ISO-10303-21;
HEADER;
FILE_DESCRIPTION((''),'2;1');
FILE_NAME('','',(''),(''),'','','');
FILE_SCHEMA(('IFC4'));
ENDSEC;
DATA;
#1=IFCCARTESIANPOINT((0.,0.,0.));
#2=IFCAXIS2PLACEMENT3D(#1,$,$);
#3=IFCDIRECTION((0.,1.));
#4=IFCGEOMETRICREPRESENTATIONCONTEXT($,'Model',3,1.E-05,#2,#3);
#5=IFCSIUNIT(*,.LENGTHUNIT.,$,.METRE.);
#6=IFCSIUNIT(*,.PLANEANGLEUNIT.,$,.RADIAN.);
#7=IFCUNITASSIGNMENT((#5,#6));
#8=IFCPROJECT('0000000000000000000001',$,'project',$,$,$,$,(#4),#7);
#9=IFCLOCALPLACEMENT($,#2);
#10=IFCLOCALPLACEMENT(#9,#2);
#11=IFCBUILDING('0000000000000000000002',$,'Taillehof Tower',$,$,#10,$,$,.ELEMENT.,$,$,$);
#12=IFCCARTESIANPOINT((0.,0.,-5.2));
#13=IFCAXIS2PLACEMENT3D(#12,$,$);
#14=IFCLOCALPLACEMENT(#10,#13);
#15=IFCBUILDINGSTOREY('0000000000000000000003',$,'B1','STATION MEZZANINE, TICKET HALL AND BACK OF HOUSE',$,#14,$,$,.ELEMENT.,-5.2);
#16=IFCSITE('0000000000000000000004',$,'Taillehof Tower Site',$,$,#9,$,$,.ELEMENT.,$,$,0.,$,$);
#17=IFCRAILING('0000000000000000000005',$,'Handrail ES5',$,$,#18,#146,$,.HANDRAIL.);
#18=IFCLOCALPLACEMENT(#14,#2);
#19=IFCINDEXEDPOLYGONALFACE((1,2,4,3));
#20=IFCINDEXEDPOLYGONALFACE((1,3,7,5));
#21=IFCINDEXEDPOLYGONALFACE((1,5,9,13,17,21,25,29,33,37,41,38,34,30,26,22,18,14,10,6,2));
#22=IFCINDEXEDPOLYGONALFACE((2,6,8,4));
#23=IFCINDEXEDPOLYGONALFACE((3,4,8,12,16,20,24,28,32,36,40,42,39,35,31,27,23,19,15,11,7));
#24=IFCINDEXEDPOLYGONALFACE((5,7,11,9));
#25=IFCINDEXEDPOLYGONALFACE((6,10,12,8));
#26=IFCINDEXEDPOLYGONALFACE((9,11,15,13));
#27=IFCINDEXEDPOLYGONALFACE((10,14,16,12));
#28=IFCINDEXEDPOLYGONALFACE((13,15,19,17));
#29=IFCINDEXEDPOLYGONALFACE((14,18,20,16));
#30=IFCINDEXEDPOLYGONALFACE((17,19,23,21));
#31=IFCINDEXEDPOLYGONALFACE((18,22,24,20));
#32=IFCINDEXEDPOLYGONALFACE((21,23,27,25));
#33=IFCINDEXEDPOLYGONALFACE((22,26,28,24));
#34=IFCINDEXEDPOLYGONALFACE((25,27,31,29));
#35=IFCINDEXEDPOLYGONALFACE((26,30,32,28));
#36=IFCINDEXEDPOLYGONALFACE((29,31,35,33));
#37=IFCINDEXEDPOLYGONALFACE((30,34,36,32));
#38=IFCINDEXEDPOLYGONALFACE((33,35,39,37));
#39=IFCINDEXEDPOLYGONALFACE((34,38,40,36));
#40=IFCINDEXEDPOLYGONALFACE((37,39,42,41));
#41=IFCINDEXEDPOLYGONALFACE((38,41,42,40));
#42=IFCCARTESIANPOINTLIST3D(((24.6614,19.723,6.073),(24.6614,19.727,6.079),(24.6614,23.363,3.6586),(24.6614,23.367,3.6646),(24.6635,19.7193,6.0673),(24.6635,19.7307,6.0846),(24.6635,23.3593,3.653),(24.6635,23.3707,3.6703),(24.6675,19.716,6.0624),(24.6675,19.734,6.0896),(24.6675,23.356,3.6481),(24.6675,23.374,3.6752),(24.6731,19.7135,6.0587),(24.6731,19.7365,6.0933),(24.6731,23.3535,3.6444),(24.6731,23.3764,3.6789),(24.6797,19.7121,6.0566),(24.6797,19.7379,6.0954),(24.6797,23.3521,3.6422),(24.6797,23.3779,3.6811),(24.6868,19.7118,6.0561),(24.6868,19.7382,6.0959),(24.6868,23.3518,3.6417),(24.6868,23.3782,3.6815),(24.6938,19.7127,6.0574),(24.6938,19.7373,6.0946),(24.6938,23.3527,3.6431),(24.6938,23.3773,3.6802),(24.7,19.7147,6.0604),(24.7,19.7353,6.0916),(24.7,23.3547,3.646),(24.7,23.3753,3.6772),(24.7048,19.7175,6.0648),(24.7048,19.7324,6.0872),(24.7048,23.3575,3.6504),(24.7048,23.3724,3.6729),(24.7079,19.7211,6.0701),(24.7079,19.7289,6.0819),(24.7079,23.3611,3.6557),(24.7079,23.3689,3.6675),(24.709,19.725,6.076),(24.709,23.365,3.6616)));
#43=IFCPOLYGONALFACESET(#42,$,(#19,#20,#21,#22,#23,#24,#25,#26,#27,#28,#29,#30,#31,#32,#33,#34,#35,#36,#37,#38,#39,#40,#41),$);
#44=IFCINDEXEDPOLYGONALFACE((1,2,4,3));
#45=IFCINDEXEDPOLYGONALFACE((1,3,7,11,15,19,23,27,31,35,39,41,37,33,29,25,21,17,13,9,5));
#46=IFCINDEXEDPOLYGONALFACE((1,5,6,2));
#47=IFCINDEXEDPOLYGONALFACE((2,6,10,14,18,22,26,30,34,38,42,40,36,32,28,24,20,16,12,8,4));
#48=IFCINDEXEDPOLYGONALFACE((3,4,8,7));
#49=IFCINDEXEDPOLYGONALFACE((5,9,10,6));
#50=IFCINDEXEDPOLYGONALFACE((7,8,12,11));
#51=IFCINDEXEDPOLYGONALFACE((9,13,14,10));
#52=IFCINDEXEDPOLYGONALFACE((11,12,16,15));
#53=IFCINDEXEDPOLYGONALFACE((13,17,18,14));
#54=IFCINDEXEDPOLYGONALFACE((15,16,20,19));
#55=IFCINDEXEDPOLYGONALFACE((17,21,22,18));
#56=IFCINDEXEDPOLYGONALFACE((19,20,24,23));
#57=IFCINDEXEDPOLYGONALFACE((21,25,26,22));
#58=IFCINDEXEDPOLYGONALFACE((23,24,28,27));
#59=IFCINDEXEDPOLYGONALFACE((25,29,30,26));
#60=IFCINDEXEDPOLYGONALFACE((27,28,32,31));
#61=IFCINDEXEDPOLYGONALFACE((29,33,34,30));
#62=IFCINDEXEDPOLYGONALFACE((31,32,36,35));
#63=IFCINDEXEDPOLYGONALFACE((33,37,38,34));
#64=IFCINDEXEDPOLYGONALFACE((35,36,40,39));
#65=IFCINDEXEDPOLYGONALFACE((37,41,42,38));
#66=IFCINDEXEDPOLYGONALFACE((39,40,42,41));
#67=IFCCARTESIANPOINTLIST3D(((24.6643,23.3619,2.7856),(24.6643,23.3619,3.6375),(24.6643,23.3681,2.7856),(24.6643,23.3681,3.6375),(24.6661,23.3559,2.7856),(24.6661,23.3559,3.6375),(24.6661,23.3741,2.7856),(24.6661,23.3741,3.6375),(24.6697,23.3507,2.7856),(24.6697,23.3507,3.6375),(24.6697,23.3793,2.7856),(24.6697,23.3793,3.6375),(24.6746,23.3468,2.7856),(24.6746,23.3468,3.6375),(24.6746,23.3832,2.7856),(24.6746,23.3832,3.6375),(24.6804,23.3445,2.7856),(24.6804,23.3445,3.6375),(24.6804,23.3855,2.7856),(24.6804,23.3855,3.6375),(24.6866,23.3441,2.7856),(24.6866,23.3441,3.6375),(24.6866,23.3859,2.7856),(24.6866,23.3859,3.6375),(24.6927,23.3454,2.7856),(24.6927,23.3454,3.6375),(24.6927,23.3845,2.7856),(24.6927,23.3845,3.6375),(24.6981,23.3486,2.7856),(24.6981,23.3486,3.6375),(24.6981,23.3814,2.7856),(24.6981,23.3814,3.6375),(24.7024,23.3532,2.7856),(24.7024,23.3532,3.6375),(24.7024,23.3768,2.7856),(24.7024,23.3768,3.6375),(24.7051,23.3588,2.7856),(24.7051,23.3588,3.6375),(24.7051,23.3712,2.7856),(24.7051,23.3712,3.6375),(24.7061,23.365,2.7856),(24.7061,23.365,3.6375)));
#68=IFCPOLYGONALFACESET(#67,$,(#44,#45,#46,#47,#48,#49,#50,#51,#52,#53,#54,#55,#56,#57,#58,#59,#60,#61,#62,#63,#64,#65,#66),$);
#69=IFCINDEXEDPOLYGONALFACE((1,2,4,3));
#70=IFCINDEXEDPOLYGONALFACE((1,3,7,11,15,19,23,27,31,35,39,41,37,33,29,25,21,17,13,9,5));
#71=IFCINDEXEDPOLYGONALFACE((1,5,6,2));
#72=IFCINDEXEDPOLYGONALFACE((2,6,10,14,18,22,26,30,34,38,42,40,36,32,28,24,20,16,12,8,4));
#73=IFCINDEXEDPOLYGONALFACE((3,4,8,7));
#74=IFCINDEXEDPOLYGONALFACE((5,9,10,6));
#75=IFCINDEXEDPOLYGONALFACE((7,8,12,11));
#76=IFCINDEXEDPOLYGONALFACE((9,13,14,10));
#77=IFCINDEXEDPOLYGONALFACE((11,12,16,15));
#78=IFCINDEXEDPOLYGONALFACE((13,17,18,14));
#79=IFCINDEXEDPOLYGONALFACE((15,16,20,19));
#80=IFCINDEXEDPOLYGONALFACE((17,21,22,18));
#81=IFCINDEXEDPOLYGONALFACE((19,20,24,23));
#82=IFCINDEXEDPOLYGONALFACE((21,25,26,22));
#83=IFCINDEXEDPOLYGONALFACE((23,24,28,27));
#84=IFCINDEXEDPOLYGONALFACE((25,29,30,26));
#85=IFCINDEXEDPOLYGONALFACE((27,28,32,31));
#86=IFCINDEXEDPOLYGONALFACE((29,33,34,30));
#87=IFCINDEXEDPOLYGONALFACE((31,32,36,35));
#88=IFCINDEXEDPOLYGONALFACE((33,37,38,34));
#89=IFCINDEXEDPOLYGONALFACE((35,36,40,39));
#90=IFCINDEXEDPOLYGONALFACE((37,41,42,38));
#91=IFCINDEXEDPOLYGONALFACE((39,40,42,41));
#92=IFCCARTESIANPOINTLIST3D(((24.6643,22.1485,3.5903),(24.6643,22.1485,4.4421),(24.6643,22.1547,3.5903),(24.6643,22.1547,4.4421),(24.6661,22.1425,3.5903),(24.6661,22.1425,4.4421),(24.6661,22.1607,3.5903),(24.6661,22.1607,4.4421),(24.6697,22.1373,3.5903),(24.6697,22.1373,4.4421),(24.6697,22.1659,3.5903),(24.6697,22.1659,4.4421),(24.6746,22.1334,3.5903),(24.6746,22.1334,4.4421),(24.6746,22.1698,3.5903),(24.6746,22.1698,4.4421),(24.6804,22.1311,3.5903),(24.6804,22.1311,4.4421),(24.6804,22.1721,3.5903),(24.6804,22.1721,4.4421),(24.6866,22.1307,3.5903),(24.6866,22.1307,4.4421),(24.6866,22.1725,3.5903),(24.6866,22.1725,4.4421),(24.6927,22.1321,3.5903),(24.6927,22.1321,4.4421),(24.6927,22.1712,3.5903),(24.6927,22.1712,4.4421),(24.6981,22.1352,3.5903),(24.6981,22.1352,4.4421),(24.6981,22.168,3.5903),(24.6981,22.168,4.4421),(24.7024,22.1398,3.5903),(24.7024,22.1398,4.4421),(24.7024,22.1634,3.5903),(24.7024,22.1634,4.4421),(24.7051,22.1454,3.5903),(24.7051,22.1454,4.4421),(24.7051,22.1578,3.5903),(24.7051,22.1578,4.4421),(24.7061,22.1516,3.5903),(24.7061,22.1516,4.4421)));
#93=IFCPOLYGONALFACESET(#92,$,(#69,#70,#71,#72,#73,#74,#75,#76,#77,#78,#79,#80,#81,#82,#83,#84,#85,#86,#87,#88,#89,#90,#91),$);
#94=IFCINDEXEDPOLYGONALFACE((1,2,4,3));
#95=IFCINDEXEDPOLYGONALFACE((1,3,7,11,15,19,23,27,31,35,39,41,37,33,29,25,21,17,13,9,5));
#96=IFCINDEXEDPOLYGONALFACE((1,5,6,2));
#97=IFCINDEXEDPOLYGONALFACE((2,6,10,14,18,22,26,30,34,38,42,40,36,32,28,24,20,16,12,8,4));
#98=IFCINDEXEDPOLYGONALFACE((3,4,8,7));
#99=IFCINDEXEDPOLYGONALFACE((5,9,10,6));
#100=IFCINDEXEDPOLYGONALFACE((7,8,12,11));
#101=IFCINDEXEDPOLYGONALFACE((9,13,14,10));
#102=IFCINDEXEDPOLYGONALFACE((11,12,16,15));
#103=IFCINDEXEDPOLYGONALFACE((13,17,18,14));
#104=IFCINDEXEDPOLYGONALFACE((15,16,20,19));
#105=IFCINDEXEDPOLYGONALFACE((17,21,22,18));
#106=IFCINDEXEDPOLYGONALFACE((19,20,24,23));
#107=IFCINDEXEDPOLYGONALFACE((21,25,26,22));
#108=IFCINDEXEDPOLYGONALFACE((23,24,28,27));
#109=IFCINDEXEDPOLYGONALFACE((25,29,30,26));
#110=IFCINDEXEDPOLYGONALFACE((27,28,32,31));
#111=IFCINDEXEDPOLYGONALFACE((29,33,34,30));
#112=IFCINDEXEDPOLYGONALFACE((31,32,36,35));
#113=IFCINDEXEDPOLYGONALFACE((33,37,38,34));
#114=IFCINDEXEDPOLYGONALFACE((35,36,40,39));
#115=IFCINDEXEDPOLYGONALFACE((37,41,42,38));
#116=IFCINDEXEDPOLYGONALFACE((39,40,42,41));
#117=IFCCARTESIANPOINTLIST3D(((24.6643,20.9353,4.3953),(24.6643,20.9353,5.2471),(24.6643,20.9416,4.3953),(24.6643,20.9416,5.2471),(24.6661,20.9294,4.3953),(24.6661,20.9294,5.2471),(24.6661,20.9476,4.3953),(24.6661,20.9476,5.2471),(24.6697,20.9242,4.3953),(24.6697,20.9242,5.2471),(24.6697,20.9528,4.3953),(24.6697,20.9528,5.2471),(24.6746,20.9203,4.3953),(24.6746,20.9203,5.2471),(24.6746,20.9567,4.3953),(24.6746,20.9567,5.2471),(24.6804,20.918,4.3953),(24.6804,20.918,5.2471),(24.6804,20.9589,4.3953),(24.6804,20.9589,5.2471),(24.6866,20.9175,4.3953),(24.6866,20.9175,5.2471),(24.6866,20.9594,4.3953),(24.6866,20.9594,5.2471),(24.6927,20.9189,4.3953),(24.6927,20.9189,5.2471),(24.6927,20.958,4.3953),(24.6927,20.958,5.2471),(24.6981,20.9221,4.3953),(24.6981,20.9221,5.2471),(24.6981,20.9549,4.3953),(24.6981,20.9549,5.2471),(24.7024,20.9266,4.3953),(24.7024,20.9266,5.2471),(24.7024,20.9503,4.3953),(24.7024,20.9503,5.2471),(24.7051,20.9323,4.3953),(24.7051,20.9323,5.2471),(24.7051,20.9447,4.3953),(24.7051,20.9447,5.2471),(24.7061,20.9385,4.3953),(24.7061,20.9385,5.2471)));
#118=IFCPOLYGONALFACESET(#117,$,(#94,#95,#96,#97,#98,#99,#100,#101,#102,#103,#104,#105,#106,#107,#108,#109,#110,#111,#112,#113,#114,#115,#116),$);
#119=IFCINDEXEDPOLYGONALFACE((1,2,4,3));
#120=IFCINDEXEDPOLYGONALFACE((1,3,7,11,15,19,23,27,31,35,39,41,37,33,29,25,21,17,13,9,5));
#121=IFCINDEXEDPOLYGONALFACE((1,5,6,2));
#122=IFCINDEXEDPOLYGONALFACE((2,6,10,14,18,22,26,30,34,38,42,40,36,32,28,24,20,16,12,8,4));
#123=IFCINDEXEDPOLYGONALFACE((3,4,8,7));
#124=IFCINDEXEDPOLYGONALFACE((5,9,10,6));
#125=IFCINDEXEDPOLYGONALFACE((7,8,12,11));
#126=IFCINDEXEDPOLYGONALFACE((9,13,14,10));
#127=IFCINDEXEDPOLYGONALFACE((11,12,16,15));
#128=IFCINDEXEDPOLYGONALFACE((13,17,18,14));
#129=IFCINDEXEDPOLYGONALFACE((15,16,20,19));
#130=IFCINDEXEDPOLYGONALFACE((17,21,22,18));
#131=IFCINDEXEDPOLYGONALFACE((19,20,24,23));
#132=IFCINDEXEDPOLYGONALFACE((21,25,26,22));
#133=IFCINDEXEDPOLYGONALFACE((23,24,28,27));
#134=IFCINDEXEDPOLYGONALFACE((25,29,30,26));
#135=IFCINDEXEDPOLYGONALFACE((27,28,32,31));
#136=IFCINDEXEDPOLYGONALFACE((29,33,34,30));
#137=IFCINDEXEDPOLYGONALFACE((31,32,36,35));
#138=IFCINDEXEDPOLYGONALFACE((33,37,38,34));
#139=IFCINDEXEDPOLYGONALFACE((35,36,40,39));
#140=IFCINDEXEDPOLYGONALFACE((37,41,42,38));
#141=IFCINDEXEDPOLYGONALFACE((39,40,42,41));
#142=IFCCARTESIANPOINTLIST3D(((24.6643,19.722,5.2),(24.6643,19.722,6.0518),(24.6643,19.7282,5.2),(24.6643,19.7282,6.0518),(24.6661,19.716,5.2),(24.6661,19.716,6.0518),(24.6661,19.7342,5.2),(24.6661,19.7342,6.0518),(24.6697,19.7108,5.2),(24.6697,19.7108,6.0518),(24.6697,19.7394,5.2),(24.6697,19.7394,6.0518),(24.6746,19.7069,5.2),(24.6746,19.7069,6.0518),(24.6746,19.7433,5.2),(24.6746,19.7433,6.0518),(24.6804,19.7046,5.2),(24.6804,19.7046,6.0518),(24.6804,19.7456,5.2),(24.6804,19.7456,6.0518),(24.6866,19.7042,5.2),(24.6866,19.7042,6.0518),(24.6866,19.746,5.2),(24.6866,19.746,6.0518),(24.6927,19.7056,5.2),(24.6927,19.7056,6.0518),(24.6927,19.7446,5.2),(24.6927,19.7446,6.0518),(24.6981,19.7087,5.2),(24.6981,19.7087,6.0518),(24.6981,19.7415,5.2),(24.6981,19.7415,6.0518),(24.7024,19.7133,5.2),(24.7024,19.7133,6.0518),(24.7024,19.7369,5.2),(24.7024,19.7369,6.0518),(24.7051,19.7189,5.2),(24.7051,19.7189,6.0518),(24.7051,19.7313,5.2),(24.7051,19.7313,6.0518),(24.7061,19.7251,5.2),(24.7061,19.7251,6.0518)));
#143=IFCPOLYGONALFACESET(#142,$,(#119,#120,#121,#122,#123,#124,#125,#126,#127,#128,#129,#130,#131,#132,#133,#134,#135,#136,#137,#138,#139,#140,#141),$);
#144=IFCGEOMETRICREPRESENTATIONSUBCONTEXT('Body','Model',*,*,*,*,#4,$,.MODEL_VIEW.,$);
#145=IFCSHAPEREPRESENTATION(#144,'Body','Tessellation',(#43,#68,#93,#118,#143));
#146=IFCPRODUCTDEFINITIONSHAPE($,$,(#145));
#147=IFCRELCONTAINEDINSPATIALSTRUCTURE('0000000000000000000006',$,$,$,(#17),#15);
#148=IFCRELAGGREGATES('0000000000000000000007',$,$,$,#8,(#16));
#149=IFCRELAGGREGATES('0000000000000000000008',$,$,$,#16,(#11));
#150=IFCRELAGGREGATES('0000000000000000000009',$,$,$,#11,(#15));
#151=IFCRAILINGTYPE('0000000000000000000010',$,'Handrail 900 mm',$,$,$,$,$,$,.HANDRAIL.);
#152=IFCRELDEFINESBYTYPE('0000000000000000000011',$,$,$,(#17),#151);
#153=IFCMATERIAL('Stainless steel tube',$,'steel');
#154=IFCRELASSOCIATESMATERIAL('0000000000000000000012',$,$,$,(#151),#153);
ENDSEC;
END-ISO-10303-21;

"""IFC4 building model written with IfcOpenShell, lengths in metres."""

from ifc_helpers import new_model, si_unit, direction, frame, origin, origin_2d, place, context, subcontext, project, spatial, circle, extrude, material, type_object, element, save


model = new_model("IFC4")

# Units and contexts
model_context = context("Model", 3, precision=1e-05, world=origin(), true_north=direction((0.0, 1.0)))
body_context = subcontext(model_context, "Body", "Model", "MODEL_VIEW")
ifc_project = project(units=[si_unit("LENGTHUNIT", "METRE"), si_unit("PLANEANGLEUNIT", "RADIAN")], contexts=[model_context])

# Site, building, storey
site_placement = place(None, origin())
site = spatial("IfcSite", under=ifc_project, at=site_placement, Name="Taillehof Tower Site", CompositionType="ELEMENT", RefElevation=0.0)
building_placement = place(site_placement, origin())
building = spatial("IfcBuilding", under=site, at=building_placement, Name="Taillehof Tower", CompositionType="ELEMENT")
storey_placement = place(building_placement, frame((0.0, 0.0, -5.2)))
storey = spatial("IfcBuildingStorey", under=building, at=storey_placement, Name="B1", Description="STATION MEZZANINE, TICKET HALL AND BACK OF HOUSE", CompositionType="ELEMENT", Elevation=-5.2)

# Railing
ifc_material_1 = material(Name="Stainless steel tube", Category="steel")
railing_type_1 = type_object("IfcRailingType", Name="Handrail 900 mm", PredefinedType="HANDRAIL", material=ifc_material_1)
for number, where, name in (
    (1, (24.6851, 23.365, 2.7856), "Handrail ES5"),
):
    element("IfcRailing", number, at=place(storey_placement, frame(where)), inside=storey, type_object=railing_type_1, Name=name, PredefinedType="HANDRAIL", context=body_context, shape_type="SweptSolid", body=[
        extrude(circle(Radius=0.0239, at=origin_2d()), frame((0.0, 0.0, 0.876), z_axis=(0.0, -0.833347, 0.552751), x_axis=(1.0, 0.0, 0.0)), (0.0, 0.0, 1.0), 4.3679),
        extrude(circle(Radius=0.021, at=origin_2d()), origin(), (0.0, 0.0, 1.0), 0.8518),
        extrude(circle(Radius=0.021, at=origin_2d()), frame((0.0, -1.2134, 0.8047)), (0.0, 0.0, 1.0), 0.8518),
        extrude(circle(Radius=0.021, at=origin_2d()), frame((0.0, -2.4265, 1.6096)), (0.0, 0.0, 1.0), 0.8518),
        extrude(circle(Radius=0.021, at=origin_2d()), frame((0.0, -3.6399, 2.4143)), (0.0, 0.0, 1.0), 0.8518),
    ])

save(model, "model.ifc")
